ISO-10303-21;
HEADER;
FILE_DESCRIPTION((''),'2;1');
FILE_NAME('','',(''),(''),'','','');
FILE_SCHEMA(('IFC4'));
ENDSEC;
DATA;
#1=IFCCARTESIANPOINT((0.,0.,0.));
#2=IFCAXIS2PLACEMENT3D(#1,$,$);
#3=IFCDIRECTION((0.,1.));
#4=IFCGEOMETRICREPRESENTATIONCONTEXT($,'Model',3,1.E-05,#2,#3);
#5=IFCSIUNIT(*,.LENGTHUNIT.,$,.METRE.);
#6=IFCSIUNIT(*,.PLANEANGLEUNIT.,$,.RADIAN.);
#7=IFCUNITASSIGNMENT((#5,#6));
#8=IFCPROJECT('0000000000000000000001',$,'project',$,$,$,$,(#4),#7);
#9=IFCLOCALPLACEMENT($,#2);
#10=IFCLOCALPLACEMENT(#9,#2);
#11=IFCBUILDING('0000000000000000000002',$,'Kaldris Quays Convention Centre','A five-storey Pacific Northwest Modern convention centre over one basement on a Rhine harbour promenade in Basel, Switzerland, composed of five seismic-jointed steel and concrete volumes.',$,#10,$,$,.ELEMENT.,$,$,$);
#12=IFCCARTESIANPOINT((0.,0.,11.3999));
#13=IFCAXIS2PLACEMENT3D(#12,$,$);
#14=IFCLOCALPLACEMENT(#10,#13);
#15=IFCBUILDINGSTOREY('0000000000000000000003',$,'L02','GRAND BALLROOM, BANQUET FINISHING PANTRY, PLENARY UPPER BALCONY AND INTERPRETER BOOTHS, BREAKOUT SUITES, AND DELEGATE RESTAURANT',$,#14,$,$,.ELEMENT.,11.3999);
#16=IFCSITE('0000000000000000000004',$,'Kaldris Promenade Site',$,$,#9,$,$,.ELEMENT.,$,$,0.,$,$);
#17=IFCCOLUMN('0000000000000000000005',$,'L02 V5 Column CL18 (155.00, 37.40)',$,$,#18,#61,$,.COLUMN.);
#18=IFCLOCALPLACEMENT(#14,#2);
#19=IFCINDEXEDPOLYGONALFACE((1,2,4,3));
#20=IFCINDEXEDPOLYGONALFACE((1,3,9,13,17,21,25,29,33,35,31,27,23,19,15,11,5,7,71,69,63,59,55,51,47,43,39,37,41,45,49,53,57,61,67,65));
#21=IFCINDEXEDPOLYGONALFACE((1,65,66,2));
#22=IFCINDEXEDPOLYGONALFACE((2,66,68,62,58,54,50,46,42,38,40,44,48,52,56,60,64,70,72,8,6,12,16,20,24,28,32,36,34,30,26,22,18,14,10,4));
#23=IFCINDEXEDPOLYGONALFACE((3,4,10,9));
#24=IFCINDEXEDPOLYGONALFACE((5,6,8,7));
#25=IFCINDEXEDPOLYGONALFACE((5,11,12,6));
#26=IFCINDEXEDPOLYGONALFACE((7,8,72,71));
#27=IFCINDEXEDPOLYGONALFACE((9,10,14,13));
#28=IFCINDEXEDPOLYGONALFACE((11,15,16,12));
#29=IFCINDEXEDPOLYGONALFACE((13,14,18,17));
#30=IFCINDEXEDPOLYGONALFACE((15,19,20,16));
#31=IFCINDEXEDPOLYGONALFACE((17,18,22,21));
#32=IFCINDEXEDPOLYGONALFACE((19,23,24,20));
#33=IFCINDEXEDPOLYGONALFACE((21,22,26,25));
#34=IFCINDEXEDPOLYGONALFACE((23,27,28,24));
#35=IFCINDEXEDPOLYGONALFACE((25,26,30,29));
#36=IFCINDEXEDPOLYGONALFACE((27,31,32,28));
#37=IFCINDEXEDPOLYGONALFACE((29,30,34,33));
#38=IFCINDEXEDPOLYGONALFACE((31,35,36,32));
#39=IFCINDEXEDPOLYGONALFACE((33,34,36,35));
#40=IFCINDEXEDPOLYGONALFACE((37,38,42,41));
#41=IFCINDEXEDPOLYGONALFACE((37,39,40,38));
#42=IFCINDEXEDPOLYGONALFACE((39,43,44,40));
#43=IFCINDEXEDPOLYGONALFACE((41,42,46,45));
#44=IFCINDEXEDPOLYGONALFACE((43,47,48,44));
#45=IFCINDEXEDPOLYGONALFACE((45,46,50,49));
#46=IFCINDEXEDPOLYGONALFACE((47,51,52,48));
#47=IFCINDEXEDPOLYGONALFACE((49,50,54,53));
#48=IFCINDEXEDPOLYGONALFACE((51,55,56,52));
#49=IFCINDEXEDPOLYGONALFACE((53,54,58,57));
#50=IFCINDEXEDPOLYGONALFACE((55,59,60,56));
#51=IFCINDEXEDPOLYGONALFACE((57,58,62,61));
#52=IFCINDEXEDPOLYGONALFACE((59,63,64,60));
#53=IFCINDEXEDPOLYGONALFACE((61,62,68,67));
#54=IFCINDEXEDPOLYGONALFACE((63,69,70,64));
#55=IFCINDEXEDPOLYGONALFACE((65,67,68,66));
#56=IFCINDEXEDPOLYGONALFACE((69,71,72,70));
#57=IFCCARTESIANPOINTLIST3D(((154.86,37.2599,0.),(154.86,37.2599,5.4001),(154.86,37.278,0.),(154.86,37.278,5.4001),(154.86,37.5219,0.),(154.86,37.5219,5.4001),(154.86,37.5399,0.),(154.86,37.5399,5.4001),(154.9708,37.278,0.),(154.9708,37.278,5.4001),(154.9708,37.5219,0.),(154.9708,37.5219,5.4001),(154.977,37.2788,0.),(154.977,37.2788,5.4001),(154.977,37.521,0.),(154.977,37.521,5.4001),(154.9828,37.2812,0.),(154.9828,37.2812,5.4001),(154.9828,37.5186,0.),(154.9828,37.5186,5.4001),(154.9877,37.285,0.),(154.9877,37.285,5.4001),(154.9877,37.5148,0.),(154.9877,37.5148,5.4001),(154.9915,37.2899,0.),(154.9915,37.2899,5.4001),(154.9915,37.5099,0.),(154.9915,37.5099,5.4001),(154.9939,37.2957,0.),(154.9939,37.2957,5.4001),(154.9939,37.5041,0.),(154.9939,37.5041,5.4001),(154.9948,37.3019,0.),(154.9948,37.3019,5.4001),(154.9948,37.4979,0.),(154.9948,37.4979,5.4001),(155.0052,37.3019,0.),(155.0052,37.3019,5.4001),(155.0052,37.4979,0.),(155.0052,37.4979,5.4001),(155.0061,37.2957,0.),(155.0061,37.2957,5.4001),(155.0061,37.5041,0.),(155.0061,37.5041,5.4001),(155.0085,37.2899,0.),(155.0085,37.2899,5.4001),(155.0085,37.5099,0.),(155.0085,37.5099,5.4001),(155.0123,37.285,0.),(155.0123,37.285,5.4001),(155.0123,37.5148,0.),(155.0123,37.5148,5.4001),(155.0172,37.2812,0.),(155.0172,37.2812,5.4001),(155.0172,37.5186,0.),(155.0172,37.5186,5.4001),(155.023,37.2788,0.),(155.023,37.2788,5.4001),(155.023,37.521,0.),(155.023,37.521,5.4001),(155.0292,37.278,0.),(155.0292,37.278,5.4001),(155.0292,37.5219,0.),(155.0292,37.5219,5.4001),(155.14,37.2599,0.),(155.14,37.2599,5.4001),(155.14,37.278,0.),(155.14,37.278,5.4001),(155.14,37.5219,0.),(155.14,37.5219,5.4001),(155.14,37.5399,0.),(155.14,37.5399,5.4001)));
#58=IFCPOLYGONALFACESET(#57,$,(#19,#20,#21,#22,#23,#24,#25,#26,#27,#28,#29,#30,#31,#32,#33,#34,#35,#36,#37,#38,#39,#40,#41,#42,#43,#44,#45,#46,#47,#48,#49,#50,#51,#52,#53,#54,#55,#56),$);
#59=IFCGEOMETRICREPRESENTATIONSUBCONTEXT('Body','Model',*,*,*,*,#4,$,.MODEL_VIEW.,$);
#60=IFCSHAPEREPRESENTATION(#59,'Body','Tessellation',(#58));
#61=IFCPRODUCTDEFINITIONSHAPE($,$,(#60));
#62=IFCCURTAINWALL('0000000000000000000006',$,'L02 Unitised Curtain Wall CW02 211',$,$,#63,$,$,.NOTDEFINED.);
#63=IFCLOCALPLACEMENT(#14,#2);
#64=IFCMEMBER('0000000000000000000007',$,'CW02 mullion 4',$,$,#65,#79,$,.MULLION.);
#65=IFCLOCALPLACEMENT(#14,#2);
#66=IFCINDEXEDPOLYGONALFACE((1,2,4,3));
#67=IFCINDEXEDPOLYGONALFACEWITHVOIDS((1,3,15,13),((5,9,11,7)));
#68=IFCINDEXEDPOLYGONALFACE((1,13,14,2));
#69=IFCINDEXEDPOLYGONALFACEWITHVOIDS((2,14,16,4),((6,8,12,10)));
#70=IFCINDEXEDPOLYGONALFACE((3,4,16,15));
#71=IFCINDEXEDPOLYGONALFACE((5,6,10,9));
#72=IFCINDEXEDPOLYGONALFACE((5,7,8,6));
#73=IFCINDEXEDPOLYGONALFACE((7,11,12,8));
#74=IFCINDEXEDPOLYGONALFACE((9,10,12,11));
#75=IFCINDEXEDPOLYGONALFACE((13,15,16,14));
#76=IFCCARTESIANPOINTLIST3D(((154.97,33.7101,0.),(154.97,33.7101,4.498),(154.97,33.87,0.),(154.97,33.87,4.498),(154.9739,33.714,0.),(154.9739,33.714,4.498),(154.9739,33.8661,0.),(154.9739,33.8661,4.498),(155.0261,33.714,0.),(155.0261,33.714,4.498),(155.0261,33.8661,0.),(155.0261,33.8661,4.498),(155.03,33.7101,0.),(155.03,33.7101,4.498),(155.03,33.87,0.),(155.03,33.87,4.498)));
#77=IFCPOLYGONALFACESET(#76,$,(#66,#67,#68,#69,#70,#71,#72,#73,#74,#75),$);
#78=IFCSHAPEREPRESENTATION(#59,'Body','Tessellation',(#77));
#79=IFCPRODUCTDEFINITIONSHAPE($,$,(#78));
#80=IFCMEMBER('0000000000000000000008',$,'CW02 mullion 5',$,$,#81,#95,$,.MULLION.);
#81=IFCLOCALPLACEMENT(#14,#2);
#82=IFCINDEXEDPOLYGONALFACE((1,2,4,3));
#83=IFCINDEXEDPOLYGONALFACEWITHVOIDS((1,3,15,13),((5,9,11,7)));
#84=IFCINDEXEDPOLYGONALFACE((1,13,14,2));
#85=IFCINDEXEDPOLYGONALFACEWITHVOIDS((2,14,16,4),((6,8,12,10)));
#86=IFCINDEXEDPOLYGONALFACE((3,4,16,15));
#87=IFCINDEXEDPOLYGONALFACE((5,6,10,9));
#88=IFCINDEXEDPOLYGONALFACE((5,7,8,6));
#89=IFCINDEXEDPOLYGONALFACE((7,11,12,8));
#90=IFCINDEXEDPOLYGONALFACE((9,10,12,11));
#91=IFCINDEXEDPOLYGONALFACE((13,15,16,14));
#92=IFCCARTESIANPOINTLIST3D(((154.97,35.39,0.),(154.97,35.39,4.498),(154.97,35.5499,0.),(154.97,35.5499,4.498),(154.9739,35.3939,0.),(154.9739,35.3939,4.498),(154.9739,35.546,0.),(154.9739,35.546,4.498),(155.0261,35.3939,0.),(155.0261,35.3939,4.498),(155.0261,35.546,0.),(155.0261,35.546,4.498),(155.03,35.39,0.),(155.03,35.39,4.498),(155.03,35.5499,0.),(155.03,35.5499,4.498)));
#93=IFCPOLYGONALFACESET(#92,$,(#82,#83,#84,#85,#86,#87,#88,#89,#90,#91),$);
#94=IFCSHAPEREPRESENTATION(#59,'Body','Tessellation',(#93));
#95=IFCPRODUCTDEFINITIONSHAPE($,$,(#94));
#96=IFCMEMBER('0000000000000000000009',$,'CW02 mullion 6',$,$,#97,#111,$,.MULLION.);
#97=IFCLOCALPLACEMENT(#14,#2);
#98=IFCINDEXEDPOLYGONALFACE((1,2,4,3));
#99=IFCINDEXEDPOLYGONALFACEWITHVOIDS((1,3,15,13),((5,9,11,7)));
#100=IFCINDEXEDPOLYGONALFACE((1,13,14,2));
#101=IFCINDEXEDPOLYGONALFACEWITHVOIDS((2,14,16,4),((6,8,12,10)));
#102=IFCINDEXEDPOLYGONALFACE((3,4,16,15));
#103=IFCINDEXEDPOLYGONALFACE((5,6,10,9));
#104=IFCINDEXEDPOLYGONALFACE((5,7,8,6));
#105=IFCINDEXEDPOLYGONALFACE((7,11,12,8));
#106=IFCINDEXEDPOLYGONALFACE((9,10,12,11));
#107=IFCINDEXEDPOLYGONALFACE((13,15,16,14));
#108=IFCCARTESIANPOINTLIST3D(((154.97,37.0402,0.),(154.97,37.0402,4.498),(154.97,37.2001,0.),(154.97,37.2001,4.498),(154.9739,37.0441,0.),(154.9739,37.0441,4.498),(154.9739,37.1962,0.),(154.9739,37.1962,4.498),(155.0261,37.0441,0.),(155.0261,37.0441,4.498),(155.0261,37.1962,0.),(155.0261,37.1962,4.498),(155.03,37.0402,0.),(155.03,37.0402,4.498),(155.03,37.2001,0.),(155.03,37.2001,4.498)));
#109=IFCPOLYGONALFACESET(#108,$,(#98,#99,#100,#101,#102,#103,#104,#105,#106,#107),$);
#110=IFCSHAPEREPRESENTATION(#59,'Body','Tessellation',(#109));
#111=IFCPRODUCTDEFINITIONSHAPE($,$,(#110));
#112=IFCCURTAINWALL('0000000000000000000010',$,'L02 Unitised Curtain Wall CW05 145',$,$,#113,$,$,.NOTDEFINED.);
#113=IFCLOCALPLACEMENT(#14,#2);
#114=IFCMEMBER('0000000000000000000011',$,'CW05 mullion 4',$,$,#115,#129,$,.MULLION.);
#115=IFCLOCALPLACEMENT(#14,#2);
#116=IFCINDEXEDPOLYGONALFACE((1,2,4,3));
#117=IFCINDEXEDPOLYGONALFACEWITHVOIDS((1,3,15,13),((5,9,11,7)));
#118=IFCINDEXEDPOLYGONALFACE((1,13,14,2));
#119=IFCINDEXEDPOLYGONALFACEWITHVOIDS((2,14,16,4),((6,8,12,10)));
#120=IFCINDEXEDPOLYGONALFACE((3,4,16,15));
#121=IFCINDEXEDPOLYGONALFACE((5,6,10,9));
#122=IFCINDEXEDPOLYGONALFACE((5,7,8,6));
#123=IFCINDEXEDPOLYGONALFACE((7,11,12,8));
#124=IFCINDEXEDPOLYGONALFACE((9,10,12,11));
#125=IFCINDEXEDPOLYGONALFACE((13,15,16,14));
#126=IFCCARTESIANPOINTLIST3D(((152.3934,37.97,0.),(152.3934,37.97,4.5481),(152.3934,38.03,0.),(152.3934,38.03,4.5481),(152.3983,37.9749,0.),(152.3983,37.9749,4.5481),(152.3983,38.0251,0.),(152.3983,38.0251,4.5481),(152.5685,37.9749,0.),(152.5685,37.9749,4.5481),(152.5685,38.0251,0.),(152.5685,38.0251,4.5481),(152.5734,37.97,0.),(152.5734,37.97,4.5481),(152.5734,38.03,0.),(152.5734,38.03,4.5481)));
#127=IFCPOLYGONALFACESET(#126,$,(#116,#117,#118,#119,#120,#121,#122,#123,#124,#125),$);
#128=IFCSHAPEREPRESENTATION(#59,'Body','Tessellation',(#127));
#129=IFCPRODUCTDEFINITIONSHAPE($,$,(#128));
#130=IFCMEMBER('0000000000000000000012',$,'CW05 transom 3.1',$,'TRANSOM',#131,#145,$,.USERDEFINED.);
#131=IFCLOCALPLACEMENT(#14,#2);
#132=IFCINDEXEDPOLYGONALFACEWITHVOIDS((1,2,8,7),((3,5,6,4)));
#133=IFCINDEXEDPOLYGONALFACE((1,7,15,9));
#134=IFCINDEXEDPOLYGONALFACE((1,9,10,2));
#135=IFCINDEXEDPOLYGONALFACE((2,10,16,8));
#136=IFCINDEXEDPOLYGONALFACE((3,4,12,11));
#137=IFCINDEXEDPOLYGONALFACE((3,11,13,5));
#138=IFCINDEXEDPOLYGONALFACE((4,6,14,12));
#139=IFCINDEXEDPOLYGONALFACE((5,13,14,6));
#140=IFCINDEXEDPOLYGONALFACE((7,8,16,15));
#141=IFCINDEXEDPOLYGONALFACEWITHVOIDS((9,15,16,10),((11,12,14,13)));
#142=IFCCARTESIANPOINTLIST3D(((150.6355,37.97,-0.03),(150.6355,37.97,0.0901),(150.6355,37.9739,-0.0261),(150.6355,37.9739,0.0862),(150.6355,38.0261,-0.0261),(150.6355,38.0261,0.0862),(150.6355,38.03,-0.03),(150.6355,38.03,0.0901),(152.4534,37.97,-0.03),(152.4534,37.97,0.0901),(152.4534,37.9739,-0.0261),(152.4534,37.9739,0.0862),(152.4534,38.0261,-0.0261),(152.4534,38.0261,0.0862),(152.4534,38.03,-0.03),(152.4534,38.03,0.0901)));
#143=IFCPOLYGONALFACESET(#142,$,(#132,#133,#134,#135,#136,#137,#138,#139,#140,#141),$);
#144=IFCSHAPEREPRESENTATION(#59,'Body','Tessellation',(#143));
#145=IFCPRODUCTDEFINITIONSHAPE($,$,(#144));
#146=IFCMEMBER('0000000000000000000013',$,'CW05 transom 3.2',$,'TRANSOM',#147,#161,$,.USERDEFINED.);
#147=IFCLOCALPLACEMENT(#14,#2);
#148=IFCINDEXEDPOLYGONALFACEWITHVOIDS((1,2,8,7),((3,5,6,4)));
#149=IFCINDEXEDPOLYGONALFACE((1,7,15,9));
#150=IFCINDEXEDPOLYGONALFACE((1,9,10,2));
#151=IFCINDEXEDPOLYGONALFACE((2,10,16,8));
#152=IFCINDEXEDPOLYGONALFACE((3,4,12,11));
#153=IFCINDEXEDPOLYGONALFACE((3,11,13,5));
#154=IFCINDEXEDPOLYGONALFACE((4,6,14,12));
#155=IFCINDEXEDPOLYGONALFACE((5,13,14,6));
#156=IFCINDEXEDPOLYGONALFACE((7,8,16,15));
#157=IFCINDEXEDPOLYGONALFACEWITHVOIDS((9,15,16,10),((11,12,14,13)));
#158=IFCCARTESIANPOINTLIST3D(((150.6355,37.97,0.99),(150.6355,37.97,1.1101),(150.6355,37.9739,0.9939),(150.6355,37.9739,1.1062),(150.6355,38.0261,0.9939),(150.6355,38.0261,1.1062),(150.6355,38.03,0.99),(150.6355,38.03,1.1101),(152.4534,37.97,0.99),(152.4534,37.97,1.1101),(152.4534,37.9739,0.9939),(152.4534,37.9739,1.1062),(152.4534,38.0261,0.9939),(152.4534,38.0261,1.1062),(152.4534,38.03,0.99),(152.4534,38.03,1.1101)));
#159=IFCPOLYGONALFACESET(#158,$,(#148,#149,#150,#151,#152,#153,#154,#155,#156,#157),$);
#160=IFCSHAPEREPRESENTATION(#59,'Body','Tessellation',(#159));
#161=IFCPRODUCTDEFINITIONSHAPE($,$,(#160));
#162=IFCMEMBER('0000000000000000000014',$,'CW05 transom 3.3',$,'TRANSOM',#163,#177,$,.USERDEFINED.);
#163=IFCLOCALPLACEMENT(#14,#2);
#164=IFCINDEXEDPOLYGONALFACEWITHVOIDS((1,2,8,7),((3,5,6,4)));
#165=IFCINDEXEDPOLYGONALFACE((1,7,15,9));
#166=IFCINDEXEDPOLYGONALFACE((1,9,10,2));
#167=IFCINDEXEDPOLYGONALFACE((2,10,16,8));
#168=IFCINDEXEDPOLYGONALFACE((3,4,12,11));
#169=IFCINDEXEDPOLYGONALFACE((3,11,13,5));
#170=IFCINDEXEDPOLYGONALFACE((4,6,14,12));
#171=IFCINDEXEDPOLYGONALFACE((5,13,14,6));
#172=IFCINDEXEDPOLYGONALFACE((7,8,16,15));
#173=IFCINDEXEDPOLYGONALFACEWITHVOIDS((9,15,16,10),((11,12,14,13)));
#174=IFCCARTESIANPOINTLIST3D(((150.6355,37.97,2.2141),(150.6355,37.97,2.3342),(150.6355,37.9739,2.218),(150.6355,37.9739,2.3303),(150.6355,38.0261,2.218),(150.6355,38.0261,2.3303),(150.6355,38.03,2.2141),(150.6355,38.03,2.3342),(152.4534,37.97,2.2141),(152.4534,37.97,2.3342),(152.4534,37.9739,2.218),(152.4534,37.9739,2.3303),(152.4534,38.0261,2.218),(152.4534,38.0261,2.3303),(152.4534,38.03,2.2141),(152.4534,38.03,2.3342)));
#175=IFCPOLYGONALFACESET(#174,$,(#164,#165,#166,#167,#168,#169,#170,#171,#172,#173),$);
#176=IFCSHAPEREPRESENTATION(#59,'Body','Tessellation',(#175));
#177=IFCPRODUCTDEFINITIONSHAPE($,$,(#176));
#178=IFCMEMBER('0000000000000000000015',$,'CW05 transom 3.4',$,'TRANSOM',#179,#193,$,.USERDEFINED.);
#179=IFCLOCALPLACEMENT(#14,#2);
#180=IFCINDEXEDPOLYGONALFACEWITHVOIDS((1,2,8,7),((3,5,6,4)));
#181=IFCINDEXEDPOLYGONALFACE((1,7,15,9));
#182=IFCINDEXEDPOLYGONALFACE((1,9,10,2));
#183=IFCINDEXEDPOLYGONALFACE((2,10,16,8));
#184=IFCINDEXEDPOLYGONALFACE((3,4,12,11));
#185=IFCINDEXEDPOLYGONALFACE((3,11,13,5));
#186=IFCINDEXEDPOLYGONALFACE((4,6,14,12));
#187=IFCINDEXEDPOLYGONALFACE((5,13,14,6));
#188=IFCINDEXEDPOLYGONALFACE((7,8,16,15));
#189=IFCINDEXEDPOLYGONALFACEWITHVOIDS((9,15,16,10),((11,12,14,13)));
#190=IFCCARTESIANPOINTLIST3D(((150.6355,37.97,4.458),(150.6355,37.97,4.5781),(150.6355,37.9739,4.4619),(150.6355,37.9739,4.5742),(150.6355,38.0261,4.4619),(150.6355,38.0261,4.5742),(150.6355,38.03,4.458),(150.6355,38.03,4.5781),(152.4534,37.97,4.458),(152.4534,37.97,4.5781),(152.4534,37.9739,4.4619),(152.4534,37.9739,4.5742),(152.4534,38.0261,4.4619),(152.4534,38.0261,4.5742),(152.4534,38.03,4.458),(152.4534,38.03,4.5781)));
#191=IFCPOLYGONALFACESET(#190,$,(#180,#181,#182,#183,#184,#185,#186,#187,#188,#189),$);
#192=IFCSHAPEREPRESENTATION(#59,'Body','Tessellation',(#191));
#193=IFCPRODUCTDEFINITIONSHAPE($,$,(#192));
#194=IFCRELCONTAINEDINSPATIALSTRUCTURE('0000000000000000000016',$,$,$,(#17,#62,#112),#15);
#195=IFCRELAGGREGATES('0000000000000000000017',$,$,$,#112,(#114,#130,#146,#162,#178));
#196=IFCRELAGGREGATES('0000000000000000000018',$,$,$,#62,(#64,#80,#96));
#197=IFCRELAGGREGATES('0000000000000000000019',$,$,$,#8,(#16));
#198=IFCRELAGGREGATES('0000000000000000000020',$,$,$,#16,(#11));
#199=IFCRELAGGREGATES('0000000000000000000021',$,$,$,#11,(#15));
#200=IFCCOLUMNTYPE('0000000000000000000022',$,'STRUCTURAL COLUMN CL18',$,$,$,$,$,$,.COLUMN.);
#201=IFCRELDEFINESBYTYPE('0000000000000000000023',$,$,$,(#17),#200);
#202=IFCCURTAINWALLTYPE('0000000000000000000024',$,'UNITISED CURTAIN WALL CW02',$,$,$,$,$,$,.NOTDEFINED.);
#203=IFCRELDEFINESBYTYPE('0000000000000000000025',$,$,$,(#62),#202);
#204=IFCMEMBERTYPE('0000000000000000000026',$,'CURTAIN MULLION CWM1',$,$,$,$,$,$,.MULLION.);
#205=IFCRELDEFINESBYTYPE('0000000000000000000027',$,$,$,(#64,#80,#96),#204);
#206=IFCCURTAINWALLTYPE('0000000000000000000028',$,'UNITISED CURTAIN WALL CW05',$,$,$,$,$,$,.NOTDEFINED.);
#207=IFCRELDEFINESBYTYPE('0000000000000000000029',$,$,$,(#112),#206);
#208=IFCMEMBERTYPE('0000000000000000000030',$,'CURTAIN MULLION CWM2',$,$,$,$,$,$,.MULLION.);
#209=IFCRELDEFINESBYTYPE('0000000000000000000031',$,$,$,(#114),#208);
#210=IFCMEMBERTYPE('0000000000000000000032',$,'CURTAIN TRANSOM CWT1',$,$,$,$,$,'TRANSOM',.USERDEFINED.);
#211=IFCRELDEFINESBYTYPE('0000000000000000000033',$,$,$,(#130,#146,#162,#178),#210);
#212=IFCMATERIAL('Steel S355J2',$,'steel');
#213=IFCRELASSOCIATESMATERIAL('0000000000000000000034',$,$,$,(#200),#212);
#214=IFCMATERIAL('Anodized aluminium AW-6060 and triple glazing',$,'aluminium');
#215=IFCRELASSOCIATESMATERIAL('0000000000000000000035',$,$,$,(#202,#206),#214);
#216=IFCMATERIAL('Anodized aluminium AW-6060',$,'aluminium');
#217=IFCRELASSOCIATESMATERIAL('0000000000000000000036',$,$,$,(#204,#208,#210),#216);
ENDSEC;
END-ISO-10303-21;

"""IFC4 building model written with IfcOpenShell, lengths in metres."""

from ifc_helpers import new_model, si_unit, direction, frame, origin, origin_2d, place, context, subcontext, project, spatial, hollow_rectangle, i_section, extrude, material, material_profile, profile_set, type_object, element, aggregate, save


model = new_model("IFC4")

# Units and contexts
model_context = context("Model", 3, precision=1e-05, world=origin(), true_north=direction((0.0, 1.0)))
body_context = subcontext(model_context, "Body", "Model", "MODEL_VIEW")
ifc_project = project(units=[si_unit("LENGTHUNIT", "METRE"), si_unit("PLANEANGLEUNIT", "RADIAN")], contexts=[model_context])

# Site, building, storey
site_placement = place(None, origin())
site = spatial("IfcSite", under=ifc_project, at=site_placement, Name="Kaldris Promenade Site", CompositionType="ELEMENT", RefElevation=0.0)
building_placement = place(site_placement, origin())
building = spatial("IfcBuilding", under=site, at=building_placement, Name="Kaldris Quays Convention Centre", Description="A five-storey Pacific Northwest Modern convention centre over one basement on a Rhine harbour promenade in Basel, Switzerland, composed of five seismic-jointed steel and concrete volumes.", CompositionType="ELEMENT")
storey_placement = place(building_placement, frame((0.0, 0.0, 11.3999)))
storey = spatial("IfcBuildingStorey", under=building, at=storey_placement, Name="L02", Description="GRAND BALLROOM, BANQUET FINISHING PANTRY, PLENARY UPPER BALCONY AND INTERPRETER BOOTHS, BREAKOUT SUITES, AND DELEGATE RESTAURANT", CompositionType="ELEMENT", Elevation=11.3999)

# Column
ifc_material_1 = material(Name="Steel S355J2", Category="steel")
ifc_material_profile_1 = material_profile(ifc_material_1, i_section(OverallWidth=0.28, OverallDepth=0.28, WebThickness=0.0105, FlangeThickness=0.0181, FilletRadius=0.0239, at=origin_2d()), Name="HEB 280")
ifc_profile_set_1 = profile_set([ifc_material_profile_1], Name="Steel S355J2")
column_type = type_object("IfcColumnType", Name="STRUCTURAL COLUMN CL18", PredefinedType="COLUMN", material=ifc_profile_set_1)
column_placement = place(storey_placement, frame((155.0, 37.3999, 0.0), z_axis=(0.0, 0.0, 1.0), x_axis=(1.0, 0.0, 0.0)))
element("IfcColumn", 1, at=column_placement, inside=storey, type_object=column_type, Name="L02 V5 Column CL18 (155.00, 37.40)", PredefinedType="COLUMN", context=body_context, shape_type="SweptSolid", body=[
    extrude(i_section(OverallWidth=0.28, OverallDepth=0.28, WebThickness=0.0105, FlangeThickness=0.0181, FilletRadius=0.0239, at=origin_2d()), origin(), (0.0, 0.0, 1.0), 5.4001),
])

# Curtain walls, members
ifc_material_2 = material(Name="Anodized aluminium AW-6060 and triple glazing", Category="aluminium")
curtain_wall_type_1 = type_object("IfcCurtainWallType", Name="UNITISED CURTAIN WALL CW02", PredefinedType="NOTDEFINED", material=ifc_material_2)
curtain_wall_1_placement = place(storey_placement, origin())
curtain_wall_1 = element("IfcCurtainWall", 2, at=curtain_wall_1_placement, inside=storey, type_object=curtain_wall_type_1, Name="L02 Unitised Curtain Wall CW02 211", PredefinedType="NOTDEFINED")
ifc_material_3 = material(Name="Anodized aluminium AW-6060", Category="aluminium")
ifc_material_profile_2 = material_profile(ifc_material_3, hollow_rectangle(XDim=0.0601, YDim=0.1599, WallThickness=0.0039, at=origin_2d()), Name="RHS 160x60x4")
ifc_profile_set_2 = profile_set([ifc_material_profile_2], Name="Anodized aluminium AW-6060")
member_type_1 = type_object("IfcMemberType", Name="CURTAIN MULLION CWM1", PredefinedType="MULLION", material=ifc_profile_set_2)
member_1_placement = place(storey_placement, frame((155.0, 33.79, 0.0), z_axis=(0.0, 0.0, 1.0), x_axis=(-1.0, 0.0, 0.0)))
member_1 = element("IfcMember", 3, at=member_1_placement, type_object=member_type_1, Name="CW02 mullion 4", PredefinedType="MULLION", context=body_context, shape_type="SweptSolid", body=[
    extrude(hollow_rectangle(XDim=0.0601, YDim=0.1599, WallThickness=0.0039, at=origin_2d()), origin(), (0.0, 0.0, 1.0), 4.498),
])
member_2_placement = place(storey_placement, frame((155.0, 35.47, 0.0), z_axis=(0.0, 0.0, 1.0), x_axis=(-1.0, 0.0, 0.0)))
member_2 = element("IfcMember", 4, at=member_2_placement, type_object=member_type_1, Name="CW02 mullion 5", PredefinedType="MULLION", context=body_context, shape_type="SweptSolid", body=[
    extrude(hollow_rectangle(XDim=0.0601, YDim=0.1599, WallThickness=0.0039, at=origin_2d()), origin(), (0.0, 0.0, 1.0), 4.498),
])
member_3_placement = place(storey_placement, frame((155.0, 37.1201, 0.0), z_axis=(0.0, 0.0, 1.0), x_axis=(-1.0, 0.0, 0.0)))
member_3 = element("IfcMember", 5, at=member_3_placement, type_object=member_type_1, Name="CW02 mullion 6", PredefinedType="MULLION", context=body_context, shape_type="SweptSolid", body=[
    extrude(hollow_rectangle(XDim=0.0601, YDim=0.1599, WallThickness=0.0039, at=origin_2d()), origin(), (0.0, 0.0, 1.0), 4.498),
])
curtain_wall_type_2 = type_object("IfcCurtainWallType", Name="UNITISED CURTAIN WALL CW05", PredefinedType="NOTDEFINED", material=ifc_material_2)
curtain_wall_2_placement = place(storey_placement, origin())
curtain_wall_2 = element("IfcCurtainWall", 6, at=curtain_wall_2_placement, inside=storey, type_object=curtain_wall_type_2, Name="L02 Unitised Curtain Wall CW05 145", PredefinedType="NOTDEFINED")
ifc_material_profile_3 = material_profile(ifc_material_3, hollow_rectangle(XDim=0.0601, YDim=0.1799, WallThickness=0.0049, at=origin_2d()), Name="RHS 180x60x5")
ifc_profile_set_3 = profile_set([ifc_material_profile_3], Name="Anodized aluminium AW-6060")
member_type_2 = type_object("IfcMemberType", Name="CURTAIN MULLION CWM2", PredefinedType="MULLION", material=ifc_profile_set_3)
member_4_placement = place(storey_placement, frame((152.4834, 38.0, 0.0), z_axis=(0.0, 0.0, 1.0), x_axis=(0.0, 1.0, 0.0)))
member_4 = element("IfcMember", 7, at=member_4_placement, type_object=member_type_2, Name="CW05 mullion 4", PredefinedType="MULLION", context=body_context, shape_type="SweptSolid", body=[
    extrude(hollow_rectangle(XDim=0.0601, YDim=0.1799, WallThickness=0.0049, at=origin_2d()), origin(), (0.0, 0.0, 1.0), 4.5481),
])
ifc_material_profile_4 = material_profile(ifc_material_3, hollow_rectangle(XDim=0.0601, YDim=0.1201, WallThickness=0.0039, at=origin_2d()), Name="RHS 120x60x4")
ifc_profile_set_4 = profile_set([ifc_material_profile_4], Name="Anodized aluminium AW-6060")
member_type_3 = type_object("IfcMemberType", Name="CURTAIN TRANSOM CWT1", ElementType="TRANSOM", PredefinedType="USERDEFINED", material=ifc_profile_set_4)
member_5_placement = place(storey_placement, frame((150.6355, 38.0, 0.03), z_axis=(1.0, 0.0, 0.0), x_axis=(0.0, 1.0, 0.0)))
member_5 = element("IfcMember", 8, at=member_5_placement, type_object=member_type_3, Name="CW05 transom 3.1", ObjectType="TRANSOM", PredefinedType="USERDEFINED", context=body_context, shape_type="SweptSolid", body=[
    extrude(hollow_rectangle(XDim=0.0601, YDim=0.1201, WallThickness=0.0039, at=origin_2d()), origin(), (0.0, 0.0, 1.0), 1.8179),
])
member_6_placement = place(storey_placement, frame((150.6355, 38.0, 1.05), z_axis=(1.0, 0.0, 0.0), x_axis=(0.0, 1.0, 0.0)))
member_6 = element("IfcMember", 9, at=member_6_placement, type_object=member_type_3, Name="CW05 transom 3.2", ObjectType="TRANSOM", PredefinedType="USERDEFINED", context=body_context, shape_type="SweptSolid", body=[
    extrude(hollow_rectangle(XDim=0.0601, YDim=0.1201, WallThickness=0.0039, at=origin_2d()), origin(), (0.0, 0.0, 1.0), 1.8179),
])
member_7_placement = place(storey_placement, frame((150.6355, 38.0, 2.2742), z_axis=(1.0, 0.0, 0.0), x_axis=(0.0, 1.0, 0.0)))
member_7 = element("IfcMember", 10, at=member_7_placement, type_object=member_type_3, Name="CW05 transom 3.3", ObjectType="TRANSOM", PredefinedType="USERDEFINED", context=body_context, shape_type="SweptSolid", body=[
    extrude(hollow_rectangle(XDim=0.0601, YDim=0.1201, WallThickness=0.0039, at=origin_2d()), origin(), (0.0, 0.0, 1.0), 1.8179),
])
member_8_placement = place(storey_placement, frame((150.6355, 38.0, 4.5181), z_axis=(1.0, 0.0, 0.0), x_axis=(0.0, 1.0, 0.0)))
member_8 = element("IfcMember", 11, at=member_8_placement, type_object=member_type_3, Name="CW05 transom 3.4", ObjectType="TRANSOM", PredefinedType="USERDEFINED", context=body_context, shape_type="SweptSolid", body=[
    extrude(hollow_rectangle(XDim=0.0601, YDim=0.1201, WallThickness=0.0039, at=origin_2d()), origin(), (0.0, 0.0, 1.0), 1.8179),
])

aggregate(curtain_wall_2, [member_4, member_5, member_6, member_7, member_8])
aggregate(curtain_wall_1, [member_1, member_2, member_3])

save(model, "model.ifc")
